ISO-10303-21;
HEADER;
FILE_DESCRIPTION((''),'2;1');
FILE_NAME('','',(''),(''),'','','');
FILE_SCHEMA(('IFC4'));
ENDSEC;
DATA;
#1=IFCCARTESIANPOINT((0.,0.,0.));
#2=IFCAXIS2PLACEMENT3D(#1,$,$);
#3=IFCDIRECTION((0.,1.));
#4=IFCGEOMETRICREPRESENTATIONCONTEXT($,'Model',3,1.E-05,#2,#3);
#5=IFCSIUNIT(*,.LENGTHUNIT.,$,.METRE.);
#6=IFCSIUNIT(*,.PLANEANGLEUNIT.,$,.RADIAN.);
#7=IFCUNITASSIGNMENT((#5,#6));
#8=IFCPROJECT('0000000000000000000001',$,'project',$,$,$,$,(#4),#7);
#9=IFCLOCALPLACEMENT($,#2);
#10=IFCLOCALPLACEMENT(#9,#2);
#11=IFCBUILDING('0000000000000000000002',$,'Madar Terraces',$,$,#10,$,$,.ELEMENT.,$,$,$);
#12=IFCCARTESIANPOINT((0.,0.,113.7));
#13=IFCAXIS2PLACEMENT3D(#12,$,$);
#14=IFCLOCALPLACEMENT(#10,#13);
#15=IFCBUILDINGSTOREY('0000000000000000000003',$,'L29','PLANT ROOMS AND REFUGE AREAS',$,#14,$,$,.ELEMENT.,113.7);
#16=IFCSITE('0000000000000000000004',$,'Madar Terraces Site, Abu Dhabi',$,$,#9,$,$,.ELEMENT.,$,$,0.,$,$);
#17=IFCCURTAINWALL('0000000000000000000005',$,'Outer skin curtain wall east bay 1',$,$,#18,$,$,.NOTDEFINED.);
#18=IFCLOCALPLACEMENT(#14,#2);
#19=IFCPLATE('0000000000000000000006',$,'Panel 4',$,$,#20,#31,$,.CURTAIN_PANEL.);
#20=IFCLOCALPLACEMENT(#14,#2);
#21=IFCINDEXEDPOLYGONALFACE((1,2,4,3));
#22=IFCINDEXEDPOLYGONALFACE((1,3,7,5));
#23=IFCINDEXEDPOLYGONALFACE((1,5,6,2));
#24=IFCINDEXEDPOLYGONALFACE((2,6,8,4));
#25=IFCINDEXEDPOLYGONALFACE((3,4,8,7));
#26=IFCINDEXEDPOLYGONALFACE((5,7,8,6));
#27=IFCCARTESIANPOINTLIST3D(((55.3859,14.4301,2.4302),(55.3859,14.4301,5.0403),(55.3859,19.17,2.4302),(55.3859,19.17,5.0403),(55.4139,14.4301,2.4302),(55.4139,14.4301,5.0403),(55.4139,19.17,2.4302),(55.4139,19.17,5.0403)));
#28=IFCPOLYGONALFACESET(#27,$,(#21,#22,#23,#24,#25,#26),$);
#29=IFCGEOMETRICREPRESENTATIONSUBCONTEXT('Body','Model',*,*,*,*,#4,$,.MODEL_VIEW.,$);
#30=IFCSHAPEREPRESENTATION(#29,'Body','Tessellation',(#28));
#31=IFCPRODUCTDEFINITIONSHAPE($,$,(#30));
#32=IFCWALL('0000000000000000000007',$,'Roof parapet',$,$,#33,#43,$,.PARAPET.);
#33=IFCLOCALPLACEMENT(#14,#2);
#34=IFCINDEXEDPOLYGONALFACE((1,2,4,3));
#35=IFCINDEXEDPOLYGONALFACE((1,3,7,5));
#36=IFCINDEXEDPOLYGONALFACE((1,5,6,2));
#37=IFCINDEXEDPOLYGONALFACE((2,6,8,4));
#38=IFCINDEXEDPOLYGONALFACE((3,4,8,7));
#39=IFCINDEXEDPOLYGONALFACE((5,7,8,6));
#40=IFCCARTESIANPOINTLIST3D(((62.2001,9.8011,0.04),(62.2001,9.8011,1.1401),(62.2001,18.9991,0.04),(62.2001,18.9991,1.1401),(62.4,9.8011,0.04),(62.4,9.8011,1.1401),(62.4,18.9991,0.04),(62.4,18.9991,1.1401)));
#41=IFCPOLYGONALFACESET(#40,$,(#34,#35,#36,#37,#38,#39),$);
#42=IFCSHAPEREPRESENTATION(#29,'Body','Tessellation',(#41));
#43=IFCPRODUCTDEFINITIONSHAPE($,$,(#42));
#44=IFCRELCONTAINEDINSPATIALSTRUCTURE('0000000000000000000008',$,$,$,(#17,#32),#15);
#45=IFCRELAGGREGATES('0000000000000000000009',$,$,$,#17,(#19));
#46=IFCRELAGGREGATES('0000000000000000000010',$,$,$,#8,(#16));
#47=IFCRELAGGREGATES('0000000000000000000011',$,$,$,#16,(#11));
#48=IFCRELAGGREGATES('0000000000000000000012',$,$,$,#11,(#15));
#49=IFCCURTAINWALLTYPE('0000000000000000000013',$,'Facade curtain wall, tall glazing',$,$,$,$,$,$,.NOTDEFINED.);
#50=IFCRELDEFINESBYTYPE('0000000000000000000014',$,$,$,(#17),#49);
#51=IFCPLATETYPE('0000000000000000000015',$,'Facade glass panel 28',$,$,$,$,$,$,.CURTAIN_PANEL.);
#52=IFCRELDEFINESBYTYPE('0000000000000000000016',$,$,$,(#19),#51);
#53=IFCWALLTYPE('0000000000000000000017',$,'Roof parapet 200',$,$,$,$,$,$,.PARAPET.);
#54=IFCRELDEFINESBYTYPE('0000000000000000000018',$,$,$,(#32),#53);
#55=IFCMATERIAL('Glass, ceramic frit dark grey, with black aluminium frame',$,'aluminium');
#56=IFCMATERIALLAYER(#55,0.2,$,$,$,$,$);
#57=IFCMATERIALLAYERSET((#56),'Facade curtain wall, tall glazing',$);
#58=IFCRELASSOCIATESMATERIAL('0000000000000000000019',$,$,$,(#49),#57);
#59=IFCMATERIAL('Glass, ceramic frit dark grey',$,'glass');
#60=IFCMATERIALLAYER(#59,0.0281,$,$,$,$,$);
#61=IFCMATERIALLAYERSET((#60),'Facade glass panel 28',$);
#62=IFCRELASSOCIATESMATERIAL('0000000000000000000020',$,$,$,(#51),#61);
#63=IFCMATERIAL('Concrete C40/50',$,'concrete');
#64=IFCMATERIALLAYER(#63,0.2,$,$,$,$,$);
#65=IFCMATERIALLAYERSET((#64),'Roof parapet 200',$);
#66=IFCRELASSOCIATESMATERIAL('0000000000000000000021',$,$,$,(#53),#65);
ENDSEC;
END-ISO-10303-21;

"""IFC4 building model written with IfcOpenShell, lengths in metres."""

from ifc_helpers import new_model, si_unit, direction, frame, frame_2d, origin, origin_2d, place, context, subcontext, project, spatial, rectangle, extrude, material, layer, layer_set, type_object, element, aggregate, save


model = new_model("IFC4")

# Units and contexts
model_context = context("Model", 3, precision=1e-05, world=origin(), true_north=direction((0.0, 1.0)))
body_context = subcontext(model_context, "Body", "Model", "MODEL_VIEW")
ifc_project = project(units=[si_unit("LENGTHUNIT", "METRE"), si_unit("PLANEANGLEUNIT", "RADIAN")], contexts=[model_context])

# Site, building, storey
site_placement = place(None, origin())
site = spatial("IfcSite", under=ifc_project, at=site_placement, Name="Madar Terraces Site, Abu Dhabi", CompositionType="ELEMENT", RefElevation=0.0)
building_placement = place(site_placement, origin())
building = spatial("IfcBuilding", under=site, at=building_placement, Name="Madar Terraces", CompositionType="ELEMENT")
storey_placement = place(building_placement, frame((0.0, 0.0, 113.7)))
storey = spatial("IfcBuildingStorey", under=building, at=storey_placement, Name="L29", Description="PLANT ROOMS AND REFUGE AREAS", CompositionType="ELEMENT", Elevation=113.7)

# Curtain wall
ifc_material_1 = material(Name="Glass, ceramic frit dark grey, with black aluminium frame", Category="aluminium")
ifc_layer_1 = layer(ifc_material_1, 0.2)
ifc_layer_set_1 = layer_set([ifc_layer_1], Name="Facade curtain wall, tall glazing")
curtain_wall_type = type_object("IfcCurtainWallType", Name="Facade curtain wall, tall glazing", PredefinedType="NOTDEFINED", material=ifc_layer_set_1)
curtain_wall_placement = place(storey_placement, origin())
curtain_wall = element("IfcCurtainWall", 1, at=curtain_wall_placement, inside=storey, type_object=curtain_wall_type, Name="Outer skin curtain wall east bay 1", PredefinedType="NOTDEFINED")

# Plate
ifc_material_2 = material(Name="Glass, ceramic frit dark grey", Category="glass")
ifc_layer_2 = layer(ifc_material_2, 0.0281)
ifc_layer_set_2 = layer_set([ifc_layer_2], Name="Facade glass panel 28")
plate_type = type_object("IfcPlateType", Name="Facade glass panel 28", PredefinedType="CURTAIN_PANEL", material=ifc_layer_set_2)
plate_1_placement = place(storey_placement, frame((55.3999, 16.8, 2.4302), z_axis=(0.0, 0.0, 1.0), x_axis=(0.0, 1.0, 0.0)))
plate_1 = element("IfcPlate", 2, at=plate_1_placement, type_object=plate_type, Name="Panel 4", PredefinedType="CURTAIN_PANEL", context=body_context, shape_type="SweptSolid", body=[
    extrude(rectangle(XDim=4.74, YDim=0.0281, at=origin_2d()), origin(), (0.0, 0.0, 1.0), 2.6101),
])
aggregate(curtain_wall, [plate_1])

# Wall
ifc_material_3 = material(Name="Concrete C40/50", Category="concrete")
ifc_layer_3 = layer(ifc_material_3, 0.2)
ifc_layer_set_3 = layer_set([ifc_layer_3], Name="Roof parapet 200")
wall_type = type_object("IfcWallType", Name="Roof parapet 200", PredefinedType="PARAPET", material=ifc_layer_set_3)
wall_placement = place(storey_placement, frame((62.3, 9.801, 0.04), z_axis=(0.0, 0.0, 1.0), x_axis=(0.0, 1.0, 0.0)))
element("IfcWall", 3, at=wall_placement, inside=storey, type_object=wall_type, Name="Roof parapet", PredefinedType="PARAPET", context=body_context, shape_type="SweptSolid", body=[
    extrude(rectangle(XDim=9.198, YDim=0.2, at=frame_2d((4.5991, 0.0))), origin(), (0.0, 0.0, 1.0), 1.1001),
])

save(model, "model.ifc")
